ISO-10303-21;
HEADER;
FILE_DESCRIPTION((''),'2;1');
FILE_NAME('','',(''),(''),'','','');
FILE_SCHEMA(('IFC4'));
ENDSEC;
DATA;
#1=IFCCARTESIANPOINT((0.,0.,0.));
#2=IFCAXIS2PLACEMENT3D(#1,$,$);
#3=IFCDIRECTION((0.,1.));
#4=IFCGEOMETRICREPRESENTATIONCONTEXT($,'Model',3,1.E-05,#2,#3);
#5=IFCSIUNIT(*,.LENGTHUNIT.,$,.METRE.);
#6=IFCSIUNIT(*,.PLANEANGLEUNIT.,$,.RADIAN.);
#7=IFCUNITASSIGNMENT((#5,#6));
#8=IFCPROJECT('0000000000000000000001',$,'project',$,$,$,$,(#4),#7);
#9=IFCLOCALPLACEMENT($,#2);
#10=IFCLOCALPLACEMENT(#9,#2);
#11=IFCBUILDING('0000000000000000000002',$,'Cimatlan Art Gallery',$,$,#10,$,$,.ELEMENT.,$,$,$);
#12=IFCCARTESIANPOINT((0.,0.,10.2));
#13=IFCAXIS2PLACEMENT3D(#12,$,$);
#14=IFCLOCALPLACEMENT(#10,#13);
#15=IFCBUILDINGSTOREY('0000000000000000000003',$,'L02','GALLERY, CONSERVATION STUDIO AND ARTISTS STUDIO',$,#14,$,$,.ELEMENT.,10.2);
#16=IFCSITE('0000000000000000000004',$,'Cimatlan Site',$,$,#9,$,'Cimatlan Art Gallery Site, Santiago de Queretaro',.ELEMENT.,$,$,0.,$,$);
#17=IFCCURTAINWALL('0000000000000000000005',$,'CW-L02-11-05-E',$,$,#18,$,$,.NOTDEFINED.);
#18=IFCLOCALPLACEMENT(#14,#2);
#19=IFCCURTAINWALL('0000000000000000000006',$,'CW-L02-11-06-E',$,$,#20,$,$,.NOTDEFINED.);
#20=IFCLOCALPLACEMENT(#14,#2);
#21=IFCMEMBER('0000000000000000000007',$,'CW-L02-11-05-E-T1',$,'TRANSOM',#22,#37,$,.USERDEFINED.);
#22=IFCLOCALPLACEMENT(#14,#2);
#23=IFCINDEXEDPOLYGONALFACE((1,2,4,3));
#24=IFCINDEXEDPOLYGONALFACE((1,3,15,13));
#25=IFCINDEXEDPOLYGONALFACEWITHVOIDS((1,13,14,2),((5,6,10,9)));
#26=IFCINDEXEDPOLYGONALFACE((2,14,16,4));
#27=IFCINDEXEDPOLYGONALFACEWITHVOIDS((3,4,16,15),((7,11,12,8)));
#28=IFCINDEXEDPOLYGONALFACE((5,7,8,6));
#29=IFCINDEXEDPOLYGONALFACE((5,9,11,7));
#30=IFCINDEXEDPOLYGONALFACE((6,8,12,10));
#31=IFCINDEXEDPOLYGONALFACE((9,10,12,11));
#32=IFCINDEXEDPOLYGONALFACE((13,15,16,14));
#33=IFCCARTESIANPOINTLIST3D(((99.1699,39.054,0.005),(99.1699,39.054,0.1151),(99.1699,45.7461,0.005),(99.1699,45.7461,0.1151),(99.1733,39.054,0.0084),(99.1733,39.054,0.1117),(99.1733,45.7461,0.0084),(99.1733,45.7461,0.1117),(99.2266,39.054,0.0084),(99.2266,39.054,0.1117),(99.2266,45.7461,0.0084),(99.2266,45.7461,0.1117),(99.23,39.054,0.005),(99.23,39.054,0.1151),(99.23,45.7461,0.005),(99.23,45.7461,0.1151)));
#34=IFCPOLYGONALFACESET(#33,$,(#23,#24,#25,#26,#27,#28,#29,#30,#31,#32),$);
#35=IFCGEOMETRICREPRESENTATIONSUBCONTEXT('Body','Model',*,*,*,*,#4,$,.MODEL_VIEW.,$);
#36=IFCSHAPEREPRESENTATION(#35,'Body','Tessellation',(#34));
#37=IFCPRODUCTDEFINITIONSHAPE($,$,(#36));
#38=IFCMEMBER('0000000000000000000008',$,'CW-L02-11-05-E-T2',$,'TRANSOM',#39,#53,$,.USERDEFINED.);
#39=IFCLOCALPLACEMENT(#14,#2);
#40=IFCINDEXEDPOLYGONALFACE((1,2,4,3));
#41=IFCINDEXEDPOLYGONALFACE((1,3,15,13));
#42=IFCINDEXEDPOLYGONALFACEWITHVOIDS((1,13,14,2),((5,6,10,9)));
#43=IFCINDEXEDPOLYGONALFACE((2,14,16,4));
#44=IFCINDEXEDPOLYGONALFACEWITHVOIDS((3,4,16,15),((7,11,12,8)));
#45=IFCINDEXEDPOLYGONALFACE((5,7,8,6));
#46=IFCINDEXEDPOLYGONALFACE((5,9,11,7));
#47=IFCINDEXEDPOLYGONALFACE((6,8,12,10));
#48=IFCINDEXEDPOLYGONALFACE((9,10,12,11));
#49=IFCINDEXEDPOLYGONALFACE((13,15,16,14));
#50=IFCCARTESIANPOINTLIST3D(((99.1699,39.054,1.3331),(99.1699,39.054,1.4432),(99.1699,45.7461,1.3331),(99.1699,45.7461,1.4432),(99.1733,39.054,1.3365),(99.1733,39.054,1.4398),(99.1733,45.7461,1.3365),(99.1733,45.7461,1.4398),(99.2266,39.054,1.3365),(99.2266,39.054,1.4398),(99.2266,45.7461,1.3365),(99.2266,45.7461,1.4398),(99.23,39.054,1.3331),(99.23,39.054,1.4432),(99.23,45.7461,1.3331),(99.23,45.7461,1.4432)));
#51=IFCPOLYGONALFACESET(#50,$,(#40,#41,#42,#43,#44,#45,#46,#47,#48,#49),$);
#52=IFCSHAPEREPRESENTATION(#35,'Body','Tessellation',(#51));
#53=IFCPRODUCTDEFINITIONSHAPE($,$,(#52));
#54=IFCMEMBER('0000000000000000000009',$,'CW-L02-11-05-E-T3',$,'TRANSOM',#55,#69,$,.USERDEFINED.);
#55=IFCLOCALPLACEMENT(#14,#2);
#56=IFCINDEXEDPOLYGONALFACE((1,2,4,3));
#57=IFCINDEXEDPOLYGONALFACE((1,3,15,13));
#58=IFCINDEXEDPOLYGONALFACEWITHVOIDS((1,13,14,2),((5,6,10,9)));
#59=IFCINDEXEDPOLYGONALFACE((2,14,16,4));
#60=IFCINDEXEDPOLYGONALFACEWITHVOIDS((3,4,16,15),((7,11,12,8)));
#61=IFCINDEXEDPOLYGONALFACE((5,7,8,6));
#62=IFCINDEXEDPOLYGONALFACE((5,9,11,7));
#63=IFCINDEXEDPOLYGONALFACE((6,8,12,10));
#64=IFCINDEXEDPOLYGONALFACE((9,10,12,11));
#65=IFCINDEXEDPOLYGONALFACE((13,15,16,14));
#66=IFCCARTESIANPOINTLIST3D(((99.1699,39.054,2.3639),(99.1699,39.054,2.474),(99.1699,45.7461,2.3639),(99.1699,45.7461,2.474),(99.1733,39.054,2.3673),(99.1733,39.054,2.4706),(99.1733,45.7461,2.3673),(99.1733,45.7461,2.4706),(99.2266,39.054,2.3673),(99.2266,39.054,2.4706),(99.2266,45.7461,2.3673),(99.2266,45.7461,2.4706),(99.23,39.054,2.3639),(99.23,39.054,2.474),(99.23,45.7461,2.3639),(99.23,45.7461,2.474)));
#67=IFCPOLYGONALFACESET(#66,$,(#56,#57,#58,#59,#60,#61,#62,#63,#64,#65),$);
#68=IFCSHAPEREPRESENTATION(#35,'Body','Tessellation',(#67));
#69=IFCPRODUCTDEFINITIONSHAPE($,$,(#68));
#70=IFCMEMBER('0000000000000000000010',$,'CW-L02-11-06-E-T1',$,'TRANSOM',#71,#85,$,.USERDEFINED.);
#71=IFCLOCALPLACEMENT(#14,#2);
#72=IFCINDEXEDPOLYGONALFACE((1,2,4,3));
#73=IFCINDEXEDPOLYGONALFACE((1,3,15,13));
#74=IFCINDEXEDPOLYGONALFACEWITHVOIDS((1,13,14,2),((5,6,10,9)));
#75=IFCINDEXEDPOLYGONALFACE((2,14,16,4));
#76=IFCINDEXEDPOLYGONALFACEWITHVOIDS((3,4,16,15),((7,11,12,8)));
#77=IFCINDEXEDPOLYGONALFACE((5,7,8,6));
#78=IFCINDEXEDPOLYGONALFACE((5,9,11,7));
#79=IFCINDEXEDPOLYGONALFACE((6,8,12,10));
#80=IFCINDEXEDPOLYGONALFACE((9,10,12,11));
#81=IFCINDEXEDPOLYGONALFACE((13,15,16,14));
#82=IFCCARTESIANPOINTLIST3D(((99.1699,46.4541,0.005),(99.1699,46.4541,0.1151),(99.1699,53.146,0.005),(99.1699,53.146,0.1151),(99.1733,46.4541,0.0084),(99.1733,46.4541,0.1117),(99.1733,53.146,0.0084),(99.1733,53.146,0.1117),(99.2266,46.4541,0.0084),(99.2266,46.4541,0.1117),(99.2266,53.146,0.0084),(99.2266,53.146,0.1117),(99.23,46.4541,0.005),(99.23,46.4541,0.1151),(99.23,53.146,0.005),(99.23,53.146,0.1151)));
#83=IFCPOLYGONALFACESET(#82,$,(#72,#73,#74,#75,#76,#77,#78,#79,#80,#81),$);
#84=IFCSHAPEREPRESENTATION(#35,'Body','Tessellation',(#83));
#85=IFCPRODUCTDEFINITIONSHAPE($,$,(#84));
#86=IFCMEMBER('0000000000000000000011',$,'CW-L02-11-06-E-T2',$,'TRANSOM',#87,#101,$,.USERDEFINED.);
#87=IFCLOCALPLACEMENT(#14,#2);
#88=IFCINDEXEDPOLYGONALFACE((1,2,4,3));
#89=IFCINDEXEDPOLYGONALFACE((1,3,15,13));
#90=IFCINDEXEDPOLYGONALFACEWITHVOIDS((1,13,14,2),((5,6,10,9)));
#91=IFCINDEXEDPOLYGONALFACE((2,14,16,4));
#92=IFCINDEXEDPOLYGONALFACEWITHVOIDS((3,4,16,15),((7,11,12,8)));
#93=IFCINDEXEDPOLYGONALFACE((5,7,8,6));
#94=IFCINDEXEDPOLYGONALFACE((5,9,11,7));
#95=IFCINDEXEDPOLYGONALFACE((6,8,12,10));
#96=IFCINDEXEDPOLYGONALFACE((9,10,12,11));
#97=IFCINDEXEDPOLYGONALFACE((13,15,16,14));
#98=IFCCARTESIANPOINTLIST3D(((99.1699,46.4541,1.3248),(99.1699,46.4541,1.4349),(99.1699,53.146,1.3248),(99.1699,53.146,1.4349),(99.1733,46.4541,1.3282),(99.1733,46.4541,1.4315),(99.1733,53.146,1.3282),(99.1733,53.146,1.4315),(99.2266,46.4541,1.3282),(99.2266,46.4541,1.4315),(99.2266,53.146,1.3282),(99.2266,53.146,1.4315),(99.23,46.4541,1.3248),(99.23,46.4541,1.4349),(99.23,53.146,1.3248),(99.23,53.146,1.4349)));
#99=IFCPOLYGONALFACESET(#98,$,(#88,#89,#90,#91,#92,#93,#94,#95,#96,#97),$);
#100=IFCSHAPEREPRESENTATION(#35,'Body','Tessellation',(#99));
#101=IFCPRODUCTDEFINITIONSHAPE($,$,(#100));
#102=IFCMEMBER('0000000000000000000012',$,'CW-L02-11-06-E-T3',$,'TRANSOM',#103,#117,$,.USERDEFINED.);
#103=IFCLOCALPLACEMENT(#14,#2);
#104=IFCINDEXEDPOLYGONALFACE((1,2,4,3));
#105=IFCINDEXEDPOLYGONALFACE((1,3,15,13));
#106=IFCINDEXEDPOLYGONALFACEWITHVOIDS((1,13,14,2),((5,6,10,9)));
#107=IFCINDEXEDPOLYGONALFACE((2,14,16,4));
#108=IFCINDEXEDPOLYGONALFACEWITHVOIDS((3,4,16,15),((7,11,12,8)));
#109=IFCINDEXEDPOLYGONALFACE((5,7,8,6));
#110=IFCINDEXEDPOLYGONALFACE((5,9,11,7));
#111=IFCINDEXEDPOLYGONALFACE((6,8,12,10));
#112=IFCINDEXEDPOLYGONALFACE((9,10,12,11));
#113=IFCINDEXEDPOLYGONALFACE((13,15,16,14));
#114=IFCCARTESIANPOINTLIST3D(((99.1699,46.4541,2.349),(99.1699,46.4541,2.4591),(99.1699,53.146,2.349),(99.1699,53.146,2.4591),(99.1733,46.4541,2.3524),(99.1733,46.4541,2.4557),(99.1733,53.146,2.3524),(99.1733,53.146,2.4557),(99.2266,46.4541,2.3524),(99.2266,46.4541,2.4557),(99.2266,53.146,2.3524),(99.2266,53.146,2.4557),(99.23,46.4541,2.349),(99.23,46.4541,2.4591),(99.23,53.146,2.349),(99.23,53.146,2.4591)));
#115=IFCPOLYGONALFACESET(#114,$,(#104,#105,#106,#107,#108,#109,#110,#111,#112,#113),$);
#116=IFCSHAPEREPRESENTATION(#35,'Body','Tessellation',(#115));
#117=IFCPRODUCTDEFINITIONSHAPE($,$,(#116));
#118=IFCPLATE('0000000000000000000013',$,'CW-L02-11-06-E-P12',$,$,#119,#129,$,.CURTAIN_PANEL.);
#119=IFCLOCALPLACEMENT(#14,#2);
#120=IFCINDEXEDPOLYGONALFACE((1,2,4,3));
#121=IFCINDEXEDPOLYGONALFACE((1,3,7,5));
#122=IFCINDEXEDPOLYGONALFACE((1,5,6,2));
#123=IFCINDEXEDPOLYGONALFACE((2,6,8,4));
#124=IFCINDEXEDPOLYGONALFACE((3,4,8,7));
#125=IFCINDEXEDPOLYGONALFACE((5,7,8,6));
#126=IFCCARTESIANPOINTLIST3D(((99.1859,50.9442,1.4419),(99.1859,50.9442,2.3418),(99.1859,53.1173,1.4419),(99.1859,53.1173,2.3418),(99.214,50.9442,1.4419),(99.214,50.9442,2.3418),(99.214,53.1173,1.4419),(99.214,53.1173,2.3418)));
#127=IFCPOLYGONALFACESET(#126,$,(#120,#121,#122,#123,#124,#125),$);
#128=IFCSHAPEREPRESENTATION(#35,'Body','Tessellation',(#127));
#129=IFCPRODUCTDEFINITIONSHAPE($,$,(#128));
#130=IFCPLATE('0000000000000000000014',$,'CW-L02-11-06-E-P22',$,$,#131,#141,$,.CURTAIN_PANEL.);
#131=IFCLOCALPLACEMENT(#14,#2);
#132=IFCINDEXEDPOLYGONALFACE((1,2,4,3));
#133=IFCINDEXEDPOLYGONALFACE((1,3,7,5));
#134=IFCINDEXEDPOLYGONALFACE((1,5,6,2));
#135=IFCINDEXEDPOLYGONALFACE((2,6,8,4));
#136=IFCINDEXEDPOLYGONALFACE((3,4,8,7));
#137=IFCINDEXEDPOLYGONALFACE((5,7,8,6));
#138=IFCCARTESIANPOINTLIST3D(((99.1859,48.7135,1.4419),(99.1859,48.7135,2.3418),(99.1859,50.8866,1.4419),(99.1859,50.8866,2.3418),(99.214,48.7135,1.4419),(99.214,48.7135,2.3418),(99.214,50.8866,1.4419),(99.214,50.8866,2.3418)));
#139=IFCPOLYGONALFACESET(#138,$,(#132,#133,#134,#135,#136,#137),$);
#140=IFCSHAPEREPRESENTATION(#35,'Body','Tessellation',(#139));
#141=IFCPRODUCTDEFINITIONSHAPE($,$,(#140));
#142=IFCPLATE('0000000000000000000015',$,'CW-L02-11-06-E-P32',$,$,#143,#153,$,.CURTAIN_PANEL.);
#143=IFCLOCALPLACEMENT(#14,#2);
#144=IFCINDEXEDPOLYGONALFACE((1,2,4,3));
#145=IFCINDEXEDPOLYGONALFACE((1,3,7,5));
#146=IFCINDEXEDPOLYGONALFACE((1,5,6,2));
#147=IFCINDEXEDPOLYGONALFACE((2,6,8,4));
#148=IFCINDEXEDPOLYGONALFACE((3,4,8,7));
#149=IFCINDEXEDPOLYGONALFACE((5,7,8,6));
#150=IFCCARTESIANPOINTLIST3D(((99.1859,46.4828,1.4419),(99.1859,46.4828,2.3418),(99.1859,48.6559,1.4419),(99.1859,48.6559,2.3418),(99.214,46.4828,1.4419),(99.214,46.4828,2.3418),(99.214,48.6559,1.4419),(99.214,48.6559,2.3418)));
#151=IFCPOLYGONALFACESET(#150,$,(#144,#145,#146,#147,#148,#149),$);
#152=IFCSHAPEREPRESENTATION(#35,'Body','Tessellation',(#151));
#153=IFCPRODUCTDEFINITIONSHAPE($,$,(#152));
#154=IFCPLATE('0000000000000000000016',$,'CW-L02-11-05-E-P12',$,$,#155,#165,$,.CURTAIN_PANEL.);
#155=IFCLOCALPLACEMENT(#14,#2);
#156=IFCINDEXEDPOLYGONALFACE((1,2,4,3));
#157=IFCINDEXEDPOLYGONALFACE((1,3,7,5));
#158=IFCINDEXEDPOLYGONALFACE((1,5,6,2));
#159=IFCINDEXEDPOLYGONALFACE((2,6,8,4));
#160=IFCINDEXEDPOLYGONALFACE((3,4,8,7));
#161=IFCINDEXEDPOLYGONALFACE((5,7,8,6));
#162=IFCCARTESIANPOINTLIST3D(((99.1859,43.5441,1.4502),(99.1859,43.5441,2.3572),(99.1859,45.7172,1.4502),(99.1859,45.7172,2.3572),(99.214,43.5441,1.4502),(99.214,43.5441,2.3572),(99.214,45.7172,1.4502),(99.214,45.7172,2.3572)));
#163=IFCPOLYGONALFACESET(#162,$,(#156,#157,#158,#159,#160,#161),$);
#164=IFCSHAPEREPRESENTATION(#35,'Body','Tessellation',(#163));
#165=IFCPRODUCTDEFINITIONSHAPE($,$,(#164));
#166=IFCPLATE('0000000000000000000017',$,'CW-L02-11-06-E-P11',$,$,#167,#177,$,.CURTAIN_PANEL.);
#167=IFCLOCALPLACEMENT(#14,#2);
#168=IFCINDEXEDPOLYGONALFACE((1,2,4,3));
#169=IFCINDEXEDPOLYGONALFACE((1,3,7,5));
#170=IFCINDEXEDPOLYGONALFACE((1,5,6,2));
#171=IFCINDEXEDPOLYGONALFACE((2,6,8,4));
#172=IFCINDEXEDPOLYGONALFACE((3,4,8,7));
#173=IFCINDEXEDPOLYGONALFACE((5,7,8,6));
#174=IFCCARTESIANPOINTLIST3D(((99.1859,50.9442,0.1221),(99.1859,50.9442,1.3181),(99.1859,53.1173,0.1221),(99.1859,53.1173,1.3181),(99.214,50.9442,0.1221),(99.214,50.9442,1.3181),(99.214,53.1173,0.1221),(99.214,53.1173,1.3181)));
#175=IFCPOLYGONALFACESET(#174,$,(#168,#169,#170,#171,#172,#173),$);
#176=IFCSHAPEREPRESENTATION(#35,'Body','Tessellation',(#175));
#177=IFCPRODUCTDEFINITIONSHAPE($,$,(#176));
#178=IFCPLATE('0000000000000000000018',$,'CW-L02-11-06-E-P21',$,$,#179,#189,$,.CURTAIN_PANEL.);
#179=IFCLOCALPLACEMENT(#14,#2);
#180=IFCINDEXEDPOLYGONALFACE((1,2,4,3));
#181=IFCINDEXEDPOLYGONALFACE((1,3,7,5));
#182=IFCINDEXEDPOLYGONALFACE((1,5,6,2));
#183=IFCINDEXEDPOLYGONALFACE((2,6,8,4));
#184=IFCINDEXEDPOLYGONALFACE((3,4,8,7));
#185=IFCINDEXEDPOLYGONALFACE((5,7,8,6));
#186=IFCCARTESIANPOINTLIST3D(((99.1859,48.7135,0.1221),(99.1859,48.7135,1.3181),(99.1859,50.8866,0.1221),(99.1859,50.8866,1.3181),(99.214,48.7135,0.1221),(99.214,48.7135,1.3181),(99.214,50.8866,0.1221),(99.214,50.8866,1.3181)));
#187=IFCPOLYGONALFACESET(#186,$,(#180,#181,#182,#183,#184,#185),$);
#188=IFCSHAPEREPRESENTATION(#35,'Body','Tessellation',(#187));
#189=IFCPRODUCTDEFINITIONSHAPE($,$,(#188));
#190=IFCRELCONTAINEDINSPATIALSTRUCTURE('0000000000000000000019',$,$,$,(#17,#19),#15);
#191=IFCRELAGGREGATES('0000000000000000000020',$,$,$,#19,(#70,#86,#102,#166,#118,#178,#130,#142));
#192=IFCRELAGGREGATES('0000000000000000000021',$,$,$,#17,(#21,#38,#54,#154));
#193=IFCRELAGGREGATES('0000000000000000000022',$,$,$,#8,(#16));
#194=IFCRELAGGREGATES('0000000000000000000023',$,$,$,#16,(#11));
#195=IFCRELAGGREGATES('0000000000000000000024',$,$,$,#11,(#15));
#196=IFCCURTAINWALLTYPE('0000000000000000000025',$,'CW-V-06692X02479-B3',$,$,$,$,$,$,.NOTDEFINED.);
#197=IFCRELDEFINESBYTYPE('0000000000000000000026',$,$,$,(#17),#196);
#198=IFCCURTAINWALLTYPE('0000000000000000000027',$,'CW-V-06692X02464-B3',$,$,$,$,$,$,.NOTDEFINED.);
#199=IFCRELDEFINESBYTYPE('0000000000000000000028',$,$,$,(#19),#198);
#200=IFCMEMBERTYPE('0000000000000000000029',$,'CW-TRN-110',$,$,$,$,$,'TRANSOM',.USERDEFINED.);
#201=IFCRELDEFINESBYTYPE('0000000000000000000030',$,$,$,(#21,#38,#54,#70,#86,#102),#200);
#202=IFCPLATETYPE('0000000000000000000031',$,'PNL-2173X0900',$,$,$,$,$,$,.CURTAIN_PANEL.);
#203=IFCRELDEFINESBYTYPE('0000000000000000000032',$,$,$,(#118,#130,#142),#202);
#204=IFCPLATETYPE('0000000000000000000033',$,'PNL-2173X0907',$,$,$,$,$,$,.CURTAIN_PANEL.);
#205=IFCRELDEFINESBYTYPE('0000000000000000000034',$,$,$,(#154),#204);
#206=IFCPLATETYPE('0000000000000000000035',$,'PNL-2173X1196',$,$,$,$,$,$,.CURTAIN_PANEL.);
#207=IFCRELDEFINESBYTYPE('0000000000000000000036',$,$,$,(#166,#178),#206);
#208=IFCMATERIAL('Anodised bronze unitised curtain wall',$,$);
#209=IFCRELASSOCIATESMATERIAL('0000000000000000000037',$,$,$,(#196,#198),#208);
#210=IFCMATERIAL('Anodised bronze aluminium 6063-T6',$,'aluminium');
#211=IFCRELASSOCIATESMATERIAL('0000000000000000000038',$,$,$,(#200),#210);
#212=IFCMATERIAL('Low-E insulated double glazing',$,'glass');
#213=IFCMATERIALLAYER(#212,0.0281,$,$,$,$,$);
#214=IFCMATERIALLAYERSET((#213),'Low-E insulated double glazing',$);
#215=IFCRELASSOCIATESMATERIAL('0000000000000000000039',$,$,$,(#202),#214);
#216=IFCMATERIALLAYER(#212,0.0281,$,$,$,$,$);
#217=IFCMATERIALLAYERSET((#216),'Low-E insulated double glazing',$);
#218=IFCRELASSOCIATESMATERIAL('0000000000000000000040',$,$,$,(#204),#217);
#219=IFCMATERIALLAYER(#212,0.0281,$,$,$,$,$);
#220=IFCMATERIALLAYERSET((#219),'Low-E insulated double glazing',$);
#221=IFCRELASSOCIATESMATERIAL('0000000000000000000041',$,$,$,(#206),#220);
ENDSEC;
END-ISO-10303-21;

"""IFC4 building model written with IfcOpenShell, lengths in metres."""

from ifc_helpers import new_model, si_unit, direction, frame, origin, origin_2d, place, context, subcontext, project, spatial, rectangle, hollow_rectangle, extrude, material, layer, layer_set, material_profile, profile_set, type_object, element, aggregate, save


model = new_model("IFC4")

# Units and contexts
model_context = context("Model", 3, precision=1e-05, world=origin(), true_north=direction((0.0, 1.0)))
body_context = subcontext(model_context, "Body", "Model", "MODEL_VIEW")
ifc_project = project(units=[si_unit("LENGTHUNIT", "METRE"), si_unit("PLANEANGLEUNIT", "RADIAN")], contexts=[model_context])

# Site, building, storey
site_placement = place(None, origin())
site = spatial("IfcSite", under=ifc_project, at=site_placement, Name="Cimatlan Site", LongName="Cimatlan Art Gallery Site, Santiago de Queretaro", CompositionType="ELEMENT", RefElevation=0.0)
building_placement = place(site_placement, origin())
building = spatial("IfcBuilding", under=site, at=building_placement, Name="Cimatlan Art Gallery", CompositionType="ELEMENT")
storey_placement = place(building_placement, frame((0.0, 0.0, 10.2)))
storey = spatial("IfcBuildingStorey", under=building, at=storey_placement, Name="L02", Description="GALLERY, CONSERVATION STUDIO AND ARTISTS STUDIO", CompositionType="ELEMENT", Elevation=10.2)

# Curtain walls
ifc_material_1 = material(Name="Anodised bronze unitised curtain wall")
curtain_wall_type_1 = type_object("IfcCurtainWallType", Name="CW-V-06692X02479-B3", PredefinedType="NOTDEFINED", material=ifc_material_1)
curtain_wall_1_placement = place(storey_placement, origin())
curtain_wall_1 = element("IfcCurtainWall", 1, at=curtain_wall_1_placement, inside=storey, type_object=curtain_wall_type_1, Name="CW-L02-11-05-E", PredefinedType="NOTDEFINED")
ifc_material_2 = material(Name="Anodised bronze aluminium 6063-T6", Category="aluminium")
curtain_wall_type_2 = type_object("IfcCurtainWallType", Name="CW-V-06692X02464-B3", PredefinedType="NOTDEFINED", material=ifc_material_1)
curtain_wall_2_placement = place(storey_placement, origin())
curtain_wall_2 = element("IfcCurtainWall", 2, at=curtain_wall_2_placement, inside=storey, type_object=curtain_wall_type_2, Name="CW-L02-11-06-E", PredefinedType="NOTDEFINED")

# Members
ifc_material_profile_1 = material_profile(ifc_material_2, hollow_rectangle(XDim=0.0601, YDim=0.1101, WallThickness=0.0034, at=origin_2d()), Name="ALU60X110X3")
ifc_profile_set_1 = profile_set([ifc_material_profile_1], Name="Anodised bronze aluminium 6063-T6")
member_type_1 = type_object("IfcMemberType", Name="CW-TRN-110", ElementType="TRANSOM", PredefinedType="USERDEFINED", material=ifc_profile_set_1)
member_1_placement = place(storey_placement, frame((99.2, 45.7461, 0.0601), z_axis=(0.0, -1.0, 0.0), x_axis=(1.0, 0.0, 0.0)))
member_1 = element("IfcMember", 3, at=member_1_placement, type_object=member_type_1, Name="CW-L02-11-05-E-T1", ObjectType="TRANSOM", PredefinedType="USERDEFINED", context=body_context, shape_type="SweptSolid", body=[
    extrude(hollow_rectangle(XDim=0.0601, YDim=0.1101, WallThickness=0.0034, at=origin_2d()), origin(), (0.0, 0.0, 1.0), 6.6921),
])
member_2_placement = place(storey_placement, frame((99.2, 45.7461, 1.3882), z_axis=(0.0, -1.0, 0.0), x_axis=(1.0, 0.0, 0.0)))
member_2 = element("IfcMember", 4, at=member_2_placement, type_object=member_type_1, Name="CW-L02-11-05-E-T2", ObjectType="TRANSOM", PredefinedType="USERDEFINED", context=body_context, shape_type="SweptSolid", body=[
    extrude(hollow_rectangle(XDim=0.0601, YDim=0.1101, WallThickness=0.0034, at=origin_2d()), origin(), (0.0, 0.0, 1.0), 6.6921),
])
member_3_placement = place(storey_placement, frame((99.2, 45.7461, 2.4189), z_axis=(0.0, -1.0, 0.0), x_axis=(1.0, 0.0, 0.0)))
member_3 = element("IfcMember", 5, at=member_3_placement, type_object=member_type_1, Name="CW-L02-11-05-E-T3", ObjectType="TRANSOM", PredefinedType="USERDEFINED", context=body_context, shape_type="SweptSolid", body=[
    extrude(hollow_rectangle(XDim=0.0601, YDim=0.1101, WallThickness=0.0034, at=origin_2d()), origin(), (0.0, 0.0, 1.0), 6.6921),
])
member_4_placement = place(storey_placement, frame((99.2, 53.146, 0.0601), z_axis=(0.0, -1.0, 0.0), x_axis=(1.0, 0.0, 0.0)))
member_4 = element("IfcMember", 6, at=member_4_placement, type_object=member_type_1, Name="CW-L02-11-06-E-T1", ObjectType="TRANSOM", PredefinedType="USERDEFINED", context=body_context, shape_type="SweptSolid", body=[
    extrude(hollow_rectangle(XDim=0.0601, YDim=0.1101, WallThickness=0.0034, at=origin_2d()), origin(), (0.0, 0.0, 1.0), 6.6919),
])
member_5_placement = place(storey_placement, frame((99.2, 53.146, 1.3799), z_axis=(0.0, -1.0, 0.0), x_axis=(1.0, 0.0, 0.0)))
member_5 = element("IfcMember", 7, at=member_5_placement, type_object=member_type_1, Name="CW-L02-11-06-E-T2", ObjectType="TRANSOM", PredefinedType="USERDEFINED", context=body_context, shape_type="SweptSolid", body=[
    extrude(hollow_rectangle(XDim=0.0601, YDim=0.1101, WallThickness=0.0034, at=origin_2d()), origin(), (0.0, 0.0, 1.0), 6.6919),
])
member_6_placement = place(storey_placement, frame((99.2, 53.146, 2.4041), z_axis=(0.0, -1.0, 0.0), x_axis=(1.0, 0.0, 0.0)))
member_6 = element("IfcMember", 8, at=member_6_placement, type_object=member_type_1, Name="CW-L02-11-06-E-T3", ObjectType="TRANSOM", PredefinedType="USERDEFINED", context=body_context, shape_type="SweptSolid", body=[
    extrude(hollow_rectangle(XDim=0.0601, YDim=0.1101, WallThickness=0.0034, at=origin_2d()), origin(), (0.0, 0.0, 1.0), 6.6919),
])

# Plates
ifc_material_3 = material(Name="Low-E insulated double glazing", Category="glass")
ifc_layer_1 = layer(ifc_material_3, 0.0281)
ifc_layer_set_1 = layer_set([ifc_layer_1], Name="Low-E insulated double glazing")
plate_type_1 = type_object("IfcPlateType", Name="PNL-2173X0900", PredefinedType="CURTAIN_PANEL", material=ifc_layer_set_1)
plate_1_placement = place(storey_placement, frame((99.2, 52.0308, 1.4419), z_axis=(0.0, 0.0, 1.0), x_axis=(0.0, -1.0, 0.0)))
plate_1 = element("IfcPlate", 9, at=plate_1_placement, type_object=plate_type_1, Name="CW-L02-11-06-E-P12", PredefinedType="CURTAIN_PANEL", context=body_context, shape_type="SweptSolid", body=[
    extrude(rectangle(XDim=2.1731, YDim=0.0281, at=origin_2d()), origin(), (0.0, 0.0, 1.0), 0.8999),
])
plate_2_placement = place(storey_placement, frame((99.2, 49.8, 1.4419), z_axis=(0.0, 0.0, 1.0), x_axis=(0.0, -1.0, 0.0)))
plate_2 = element("IfcPlate", 10, at=plate_2_placement, type_object=plate_type_1, Name="CW-L02-11-06-E-P22", PredefinedType="CURTAIN_PANEL", context=body_context, shape_type="SweptSolid", body=[
    extrude(rectangle(XDim=2.1731, YDim=0.0281, at=origin_2d()), origin(), (0.0, 0.0, 1.0), 0.8999),
])
plate_3_placement = place(storey_placement, frame((99.2, 47.5693, 1.4419), z_axis=(0.0, 0.0, 1.0), x_axis=(0.0, -1.0, 0.0)))
plate_3 = element("IfcPlate", 11, at=plate_3_placement, type_object=plate_type_1, Name="CW-L02-11-06-E-P32", PredefinedType="CURTAIN_PANEL", context=body_context, shape_type="SweptSolid", body=[
    extrude(rectangle(XDim=2.1731, YDim=0.0281, at=origin_2d()), origin(), (0.0, 0.0, 1.0), 0.8999),
])
ifc_layer_2 = layer(ifc_material_3, 0.0281)
ifc_layer_set_2 = layer_set([ifc_layer_2], Name="Low-E insulated double glazing")
plate_type_2 = type_object("IfcPlateType", Name="PNL-2173X0907", PredefinedType="CURTAIN_PANEL", material=ifc_layer_set_2)
plate_4_placement = place(storey_placement, frame((99.2, 44.6306, 1.4502), z_axis=(0.0, 0.0, 1.0), x_axis=(0.0, -1.0, 0.0)))
plate_4 = element("IfcPlate", 12, at=plate_4_placement, type_object=plate_type_2, Name="CW-L02-11-05-E-P12", PredefinedType="CURTAIN_PANEL", context=body_context, shape_type="SweptSolid", body=[
    extrude(rectangle(XDim=2.1731, YDim=0.0281, at=origin_2d()), origin(), (0.0, 0.0, 1.0), 0.907),
])
ifc_layer_3 = layer(ifc_material_3, 0.0281)
ifc_layer_set_3 = layer_set([ifc_layer_3], Name="Low-E insulated double glazing")
plate_type_3 = type_object("IfcPlateType", Name="PNL-2173X1196", PredefinedType="CURTAIN_PANEL", material=ifc_layer_set_3)
plate_5_placement = place(storey_placement, frame((99.2, 52.0308, 0.1221), z_axis=(0.0, 0.0, 1.0), x_axis=(0.0, -1.0, 0.0)))
plate_5 = element("IfcPlate", 13, at=plate_5_placement, type_object=plate_type_3, Name="CW-L02-11-06-E-P11", PredefinedType="CURTAIN_PANEL", context=body_context, shape_type="SweptSolid", body=[
    extrude(rectangle(XDim=2.1731, YDim=0.0281, at=origin_2d()), origin(), (0.0, 0.0, 1.0), 1.196),
])
plate_6_placement = place(storey_placement, frame((99.2, 49.8, 0.1221), z_axis=(0.0, 0.0, 1.0), x_axis=(0.0, -1.0, 0.0)))
plate_6 = element("IfcPlate", 14, at=plate_6_placement, type_object=plate_type_3, Name="CW-L02-11-06-E-P21", PredefinedType="CURTAIN_PANEL", context=body_context, shape_type="SweptSolid", body=[
    extrude(rectangle(XDim=2.1731, YDim=0.0281, at=origin_2d()), origin(), (0.0, 0.0, 1.0), 1.196),
])
aggregate(curtain_wall_2, [member_4, member_5, member_6, plate_5, plate_1, plate_6, plate_2, plate_3])
aggregate(curtain_wall_1, [member_1, member_2, member_3, plate_4])

save(model, "model.ifc")
